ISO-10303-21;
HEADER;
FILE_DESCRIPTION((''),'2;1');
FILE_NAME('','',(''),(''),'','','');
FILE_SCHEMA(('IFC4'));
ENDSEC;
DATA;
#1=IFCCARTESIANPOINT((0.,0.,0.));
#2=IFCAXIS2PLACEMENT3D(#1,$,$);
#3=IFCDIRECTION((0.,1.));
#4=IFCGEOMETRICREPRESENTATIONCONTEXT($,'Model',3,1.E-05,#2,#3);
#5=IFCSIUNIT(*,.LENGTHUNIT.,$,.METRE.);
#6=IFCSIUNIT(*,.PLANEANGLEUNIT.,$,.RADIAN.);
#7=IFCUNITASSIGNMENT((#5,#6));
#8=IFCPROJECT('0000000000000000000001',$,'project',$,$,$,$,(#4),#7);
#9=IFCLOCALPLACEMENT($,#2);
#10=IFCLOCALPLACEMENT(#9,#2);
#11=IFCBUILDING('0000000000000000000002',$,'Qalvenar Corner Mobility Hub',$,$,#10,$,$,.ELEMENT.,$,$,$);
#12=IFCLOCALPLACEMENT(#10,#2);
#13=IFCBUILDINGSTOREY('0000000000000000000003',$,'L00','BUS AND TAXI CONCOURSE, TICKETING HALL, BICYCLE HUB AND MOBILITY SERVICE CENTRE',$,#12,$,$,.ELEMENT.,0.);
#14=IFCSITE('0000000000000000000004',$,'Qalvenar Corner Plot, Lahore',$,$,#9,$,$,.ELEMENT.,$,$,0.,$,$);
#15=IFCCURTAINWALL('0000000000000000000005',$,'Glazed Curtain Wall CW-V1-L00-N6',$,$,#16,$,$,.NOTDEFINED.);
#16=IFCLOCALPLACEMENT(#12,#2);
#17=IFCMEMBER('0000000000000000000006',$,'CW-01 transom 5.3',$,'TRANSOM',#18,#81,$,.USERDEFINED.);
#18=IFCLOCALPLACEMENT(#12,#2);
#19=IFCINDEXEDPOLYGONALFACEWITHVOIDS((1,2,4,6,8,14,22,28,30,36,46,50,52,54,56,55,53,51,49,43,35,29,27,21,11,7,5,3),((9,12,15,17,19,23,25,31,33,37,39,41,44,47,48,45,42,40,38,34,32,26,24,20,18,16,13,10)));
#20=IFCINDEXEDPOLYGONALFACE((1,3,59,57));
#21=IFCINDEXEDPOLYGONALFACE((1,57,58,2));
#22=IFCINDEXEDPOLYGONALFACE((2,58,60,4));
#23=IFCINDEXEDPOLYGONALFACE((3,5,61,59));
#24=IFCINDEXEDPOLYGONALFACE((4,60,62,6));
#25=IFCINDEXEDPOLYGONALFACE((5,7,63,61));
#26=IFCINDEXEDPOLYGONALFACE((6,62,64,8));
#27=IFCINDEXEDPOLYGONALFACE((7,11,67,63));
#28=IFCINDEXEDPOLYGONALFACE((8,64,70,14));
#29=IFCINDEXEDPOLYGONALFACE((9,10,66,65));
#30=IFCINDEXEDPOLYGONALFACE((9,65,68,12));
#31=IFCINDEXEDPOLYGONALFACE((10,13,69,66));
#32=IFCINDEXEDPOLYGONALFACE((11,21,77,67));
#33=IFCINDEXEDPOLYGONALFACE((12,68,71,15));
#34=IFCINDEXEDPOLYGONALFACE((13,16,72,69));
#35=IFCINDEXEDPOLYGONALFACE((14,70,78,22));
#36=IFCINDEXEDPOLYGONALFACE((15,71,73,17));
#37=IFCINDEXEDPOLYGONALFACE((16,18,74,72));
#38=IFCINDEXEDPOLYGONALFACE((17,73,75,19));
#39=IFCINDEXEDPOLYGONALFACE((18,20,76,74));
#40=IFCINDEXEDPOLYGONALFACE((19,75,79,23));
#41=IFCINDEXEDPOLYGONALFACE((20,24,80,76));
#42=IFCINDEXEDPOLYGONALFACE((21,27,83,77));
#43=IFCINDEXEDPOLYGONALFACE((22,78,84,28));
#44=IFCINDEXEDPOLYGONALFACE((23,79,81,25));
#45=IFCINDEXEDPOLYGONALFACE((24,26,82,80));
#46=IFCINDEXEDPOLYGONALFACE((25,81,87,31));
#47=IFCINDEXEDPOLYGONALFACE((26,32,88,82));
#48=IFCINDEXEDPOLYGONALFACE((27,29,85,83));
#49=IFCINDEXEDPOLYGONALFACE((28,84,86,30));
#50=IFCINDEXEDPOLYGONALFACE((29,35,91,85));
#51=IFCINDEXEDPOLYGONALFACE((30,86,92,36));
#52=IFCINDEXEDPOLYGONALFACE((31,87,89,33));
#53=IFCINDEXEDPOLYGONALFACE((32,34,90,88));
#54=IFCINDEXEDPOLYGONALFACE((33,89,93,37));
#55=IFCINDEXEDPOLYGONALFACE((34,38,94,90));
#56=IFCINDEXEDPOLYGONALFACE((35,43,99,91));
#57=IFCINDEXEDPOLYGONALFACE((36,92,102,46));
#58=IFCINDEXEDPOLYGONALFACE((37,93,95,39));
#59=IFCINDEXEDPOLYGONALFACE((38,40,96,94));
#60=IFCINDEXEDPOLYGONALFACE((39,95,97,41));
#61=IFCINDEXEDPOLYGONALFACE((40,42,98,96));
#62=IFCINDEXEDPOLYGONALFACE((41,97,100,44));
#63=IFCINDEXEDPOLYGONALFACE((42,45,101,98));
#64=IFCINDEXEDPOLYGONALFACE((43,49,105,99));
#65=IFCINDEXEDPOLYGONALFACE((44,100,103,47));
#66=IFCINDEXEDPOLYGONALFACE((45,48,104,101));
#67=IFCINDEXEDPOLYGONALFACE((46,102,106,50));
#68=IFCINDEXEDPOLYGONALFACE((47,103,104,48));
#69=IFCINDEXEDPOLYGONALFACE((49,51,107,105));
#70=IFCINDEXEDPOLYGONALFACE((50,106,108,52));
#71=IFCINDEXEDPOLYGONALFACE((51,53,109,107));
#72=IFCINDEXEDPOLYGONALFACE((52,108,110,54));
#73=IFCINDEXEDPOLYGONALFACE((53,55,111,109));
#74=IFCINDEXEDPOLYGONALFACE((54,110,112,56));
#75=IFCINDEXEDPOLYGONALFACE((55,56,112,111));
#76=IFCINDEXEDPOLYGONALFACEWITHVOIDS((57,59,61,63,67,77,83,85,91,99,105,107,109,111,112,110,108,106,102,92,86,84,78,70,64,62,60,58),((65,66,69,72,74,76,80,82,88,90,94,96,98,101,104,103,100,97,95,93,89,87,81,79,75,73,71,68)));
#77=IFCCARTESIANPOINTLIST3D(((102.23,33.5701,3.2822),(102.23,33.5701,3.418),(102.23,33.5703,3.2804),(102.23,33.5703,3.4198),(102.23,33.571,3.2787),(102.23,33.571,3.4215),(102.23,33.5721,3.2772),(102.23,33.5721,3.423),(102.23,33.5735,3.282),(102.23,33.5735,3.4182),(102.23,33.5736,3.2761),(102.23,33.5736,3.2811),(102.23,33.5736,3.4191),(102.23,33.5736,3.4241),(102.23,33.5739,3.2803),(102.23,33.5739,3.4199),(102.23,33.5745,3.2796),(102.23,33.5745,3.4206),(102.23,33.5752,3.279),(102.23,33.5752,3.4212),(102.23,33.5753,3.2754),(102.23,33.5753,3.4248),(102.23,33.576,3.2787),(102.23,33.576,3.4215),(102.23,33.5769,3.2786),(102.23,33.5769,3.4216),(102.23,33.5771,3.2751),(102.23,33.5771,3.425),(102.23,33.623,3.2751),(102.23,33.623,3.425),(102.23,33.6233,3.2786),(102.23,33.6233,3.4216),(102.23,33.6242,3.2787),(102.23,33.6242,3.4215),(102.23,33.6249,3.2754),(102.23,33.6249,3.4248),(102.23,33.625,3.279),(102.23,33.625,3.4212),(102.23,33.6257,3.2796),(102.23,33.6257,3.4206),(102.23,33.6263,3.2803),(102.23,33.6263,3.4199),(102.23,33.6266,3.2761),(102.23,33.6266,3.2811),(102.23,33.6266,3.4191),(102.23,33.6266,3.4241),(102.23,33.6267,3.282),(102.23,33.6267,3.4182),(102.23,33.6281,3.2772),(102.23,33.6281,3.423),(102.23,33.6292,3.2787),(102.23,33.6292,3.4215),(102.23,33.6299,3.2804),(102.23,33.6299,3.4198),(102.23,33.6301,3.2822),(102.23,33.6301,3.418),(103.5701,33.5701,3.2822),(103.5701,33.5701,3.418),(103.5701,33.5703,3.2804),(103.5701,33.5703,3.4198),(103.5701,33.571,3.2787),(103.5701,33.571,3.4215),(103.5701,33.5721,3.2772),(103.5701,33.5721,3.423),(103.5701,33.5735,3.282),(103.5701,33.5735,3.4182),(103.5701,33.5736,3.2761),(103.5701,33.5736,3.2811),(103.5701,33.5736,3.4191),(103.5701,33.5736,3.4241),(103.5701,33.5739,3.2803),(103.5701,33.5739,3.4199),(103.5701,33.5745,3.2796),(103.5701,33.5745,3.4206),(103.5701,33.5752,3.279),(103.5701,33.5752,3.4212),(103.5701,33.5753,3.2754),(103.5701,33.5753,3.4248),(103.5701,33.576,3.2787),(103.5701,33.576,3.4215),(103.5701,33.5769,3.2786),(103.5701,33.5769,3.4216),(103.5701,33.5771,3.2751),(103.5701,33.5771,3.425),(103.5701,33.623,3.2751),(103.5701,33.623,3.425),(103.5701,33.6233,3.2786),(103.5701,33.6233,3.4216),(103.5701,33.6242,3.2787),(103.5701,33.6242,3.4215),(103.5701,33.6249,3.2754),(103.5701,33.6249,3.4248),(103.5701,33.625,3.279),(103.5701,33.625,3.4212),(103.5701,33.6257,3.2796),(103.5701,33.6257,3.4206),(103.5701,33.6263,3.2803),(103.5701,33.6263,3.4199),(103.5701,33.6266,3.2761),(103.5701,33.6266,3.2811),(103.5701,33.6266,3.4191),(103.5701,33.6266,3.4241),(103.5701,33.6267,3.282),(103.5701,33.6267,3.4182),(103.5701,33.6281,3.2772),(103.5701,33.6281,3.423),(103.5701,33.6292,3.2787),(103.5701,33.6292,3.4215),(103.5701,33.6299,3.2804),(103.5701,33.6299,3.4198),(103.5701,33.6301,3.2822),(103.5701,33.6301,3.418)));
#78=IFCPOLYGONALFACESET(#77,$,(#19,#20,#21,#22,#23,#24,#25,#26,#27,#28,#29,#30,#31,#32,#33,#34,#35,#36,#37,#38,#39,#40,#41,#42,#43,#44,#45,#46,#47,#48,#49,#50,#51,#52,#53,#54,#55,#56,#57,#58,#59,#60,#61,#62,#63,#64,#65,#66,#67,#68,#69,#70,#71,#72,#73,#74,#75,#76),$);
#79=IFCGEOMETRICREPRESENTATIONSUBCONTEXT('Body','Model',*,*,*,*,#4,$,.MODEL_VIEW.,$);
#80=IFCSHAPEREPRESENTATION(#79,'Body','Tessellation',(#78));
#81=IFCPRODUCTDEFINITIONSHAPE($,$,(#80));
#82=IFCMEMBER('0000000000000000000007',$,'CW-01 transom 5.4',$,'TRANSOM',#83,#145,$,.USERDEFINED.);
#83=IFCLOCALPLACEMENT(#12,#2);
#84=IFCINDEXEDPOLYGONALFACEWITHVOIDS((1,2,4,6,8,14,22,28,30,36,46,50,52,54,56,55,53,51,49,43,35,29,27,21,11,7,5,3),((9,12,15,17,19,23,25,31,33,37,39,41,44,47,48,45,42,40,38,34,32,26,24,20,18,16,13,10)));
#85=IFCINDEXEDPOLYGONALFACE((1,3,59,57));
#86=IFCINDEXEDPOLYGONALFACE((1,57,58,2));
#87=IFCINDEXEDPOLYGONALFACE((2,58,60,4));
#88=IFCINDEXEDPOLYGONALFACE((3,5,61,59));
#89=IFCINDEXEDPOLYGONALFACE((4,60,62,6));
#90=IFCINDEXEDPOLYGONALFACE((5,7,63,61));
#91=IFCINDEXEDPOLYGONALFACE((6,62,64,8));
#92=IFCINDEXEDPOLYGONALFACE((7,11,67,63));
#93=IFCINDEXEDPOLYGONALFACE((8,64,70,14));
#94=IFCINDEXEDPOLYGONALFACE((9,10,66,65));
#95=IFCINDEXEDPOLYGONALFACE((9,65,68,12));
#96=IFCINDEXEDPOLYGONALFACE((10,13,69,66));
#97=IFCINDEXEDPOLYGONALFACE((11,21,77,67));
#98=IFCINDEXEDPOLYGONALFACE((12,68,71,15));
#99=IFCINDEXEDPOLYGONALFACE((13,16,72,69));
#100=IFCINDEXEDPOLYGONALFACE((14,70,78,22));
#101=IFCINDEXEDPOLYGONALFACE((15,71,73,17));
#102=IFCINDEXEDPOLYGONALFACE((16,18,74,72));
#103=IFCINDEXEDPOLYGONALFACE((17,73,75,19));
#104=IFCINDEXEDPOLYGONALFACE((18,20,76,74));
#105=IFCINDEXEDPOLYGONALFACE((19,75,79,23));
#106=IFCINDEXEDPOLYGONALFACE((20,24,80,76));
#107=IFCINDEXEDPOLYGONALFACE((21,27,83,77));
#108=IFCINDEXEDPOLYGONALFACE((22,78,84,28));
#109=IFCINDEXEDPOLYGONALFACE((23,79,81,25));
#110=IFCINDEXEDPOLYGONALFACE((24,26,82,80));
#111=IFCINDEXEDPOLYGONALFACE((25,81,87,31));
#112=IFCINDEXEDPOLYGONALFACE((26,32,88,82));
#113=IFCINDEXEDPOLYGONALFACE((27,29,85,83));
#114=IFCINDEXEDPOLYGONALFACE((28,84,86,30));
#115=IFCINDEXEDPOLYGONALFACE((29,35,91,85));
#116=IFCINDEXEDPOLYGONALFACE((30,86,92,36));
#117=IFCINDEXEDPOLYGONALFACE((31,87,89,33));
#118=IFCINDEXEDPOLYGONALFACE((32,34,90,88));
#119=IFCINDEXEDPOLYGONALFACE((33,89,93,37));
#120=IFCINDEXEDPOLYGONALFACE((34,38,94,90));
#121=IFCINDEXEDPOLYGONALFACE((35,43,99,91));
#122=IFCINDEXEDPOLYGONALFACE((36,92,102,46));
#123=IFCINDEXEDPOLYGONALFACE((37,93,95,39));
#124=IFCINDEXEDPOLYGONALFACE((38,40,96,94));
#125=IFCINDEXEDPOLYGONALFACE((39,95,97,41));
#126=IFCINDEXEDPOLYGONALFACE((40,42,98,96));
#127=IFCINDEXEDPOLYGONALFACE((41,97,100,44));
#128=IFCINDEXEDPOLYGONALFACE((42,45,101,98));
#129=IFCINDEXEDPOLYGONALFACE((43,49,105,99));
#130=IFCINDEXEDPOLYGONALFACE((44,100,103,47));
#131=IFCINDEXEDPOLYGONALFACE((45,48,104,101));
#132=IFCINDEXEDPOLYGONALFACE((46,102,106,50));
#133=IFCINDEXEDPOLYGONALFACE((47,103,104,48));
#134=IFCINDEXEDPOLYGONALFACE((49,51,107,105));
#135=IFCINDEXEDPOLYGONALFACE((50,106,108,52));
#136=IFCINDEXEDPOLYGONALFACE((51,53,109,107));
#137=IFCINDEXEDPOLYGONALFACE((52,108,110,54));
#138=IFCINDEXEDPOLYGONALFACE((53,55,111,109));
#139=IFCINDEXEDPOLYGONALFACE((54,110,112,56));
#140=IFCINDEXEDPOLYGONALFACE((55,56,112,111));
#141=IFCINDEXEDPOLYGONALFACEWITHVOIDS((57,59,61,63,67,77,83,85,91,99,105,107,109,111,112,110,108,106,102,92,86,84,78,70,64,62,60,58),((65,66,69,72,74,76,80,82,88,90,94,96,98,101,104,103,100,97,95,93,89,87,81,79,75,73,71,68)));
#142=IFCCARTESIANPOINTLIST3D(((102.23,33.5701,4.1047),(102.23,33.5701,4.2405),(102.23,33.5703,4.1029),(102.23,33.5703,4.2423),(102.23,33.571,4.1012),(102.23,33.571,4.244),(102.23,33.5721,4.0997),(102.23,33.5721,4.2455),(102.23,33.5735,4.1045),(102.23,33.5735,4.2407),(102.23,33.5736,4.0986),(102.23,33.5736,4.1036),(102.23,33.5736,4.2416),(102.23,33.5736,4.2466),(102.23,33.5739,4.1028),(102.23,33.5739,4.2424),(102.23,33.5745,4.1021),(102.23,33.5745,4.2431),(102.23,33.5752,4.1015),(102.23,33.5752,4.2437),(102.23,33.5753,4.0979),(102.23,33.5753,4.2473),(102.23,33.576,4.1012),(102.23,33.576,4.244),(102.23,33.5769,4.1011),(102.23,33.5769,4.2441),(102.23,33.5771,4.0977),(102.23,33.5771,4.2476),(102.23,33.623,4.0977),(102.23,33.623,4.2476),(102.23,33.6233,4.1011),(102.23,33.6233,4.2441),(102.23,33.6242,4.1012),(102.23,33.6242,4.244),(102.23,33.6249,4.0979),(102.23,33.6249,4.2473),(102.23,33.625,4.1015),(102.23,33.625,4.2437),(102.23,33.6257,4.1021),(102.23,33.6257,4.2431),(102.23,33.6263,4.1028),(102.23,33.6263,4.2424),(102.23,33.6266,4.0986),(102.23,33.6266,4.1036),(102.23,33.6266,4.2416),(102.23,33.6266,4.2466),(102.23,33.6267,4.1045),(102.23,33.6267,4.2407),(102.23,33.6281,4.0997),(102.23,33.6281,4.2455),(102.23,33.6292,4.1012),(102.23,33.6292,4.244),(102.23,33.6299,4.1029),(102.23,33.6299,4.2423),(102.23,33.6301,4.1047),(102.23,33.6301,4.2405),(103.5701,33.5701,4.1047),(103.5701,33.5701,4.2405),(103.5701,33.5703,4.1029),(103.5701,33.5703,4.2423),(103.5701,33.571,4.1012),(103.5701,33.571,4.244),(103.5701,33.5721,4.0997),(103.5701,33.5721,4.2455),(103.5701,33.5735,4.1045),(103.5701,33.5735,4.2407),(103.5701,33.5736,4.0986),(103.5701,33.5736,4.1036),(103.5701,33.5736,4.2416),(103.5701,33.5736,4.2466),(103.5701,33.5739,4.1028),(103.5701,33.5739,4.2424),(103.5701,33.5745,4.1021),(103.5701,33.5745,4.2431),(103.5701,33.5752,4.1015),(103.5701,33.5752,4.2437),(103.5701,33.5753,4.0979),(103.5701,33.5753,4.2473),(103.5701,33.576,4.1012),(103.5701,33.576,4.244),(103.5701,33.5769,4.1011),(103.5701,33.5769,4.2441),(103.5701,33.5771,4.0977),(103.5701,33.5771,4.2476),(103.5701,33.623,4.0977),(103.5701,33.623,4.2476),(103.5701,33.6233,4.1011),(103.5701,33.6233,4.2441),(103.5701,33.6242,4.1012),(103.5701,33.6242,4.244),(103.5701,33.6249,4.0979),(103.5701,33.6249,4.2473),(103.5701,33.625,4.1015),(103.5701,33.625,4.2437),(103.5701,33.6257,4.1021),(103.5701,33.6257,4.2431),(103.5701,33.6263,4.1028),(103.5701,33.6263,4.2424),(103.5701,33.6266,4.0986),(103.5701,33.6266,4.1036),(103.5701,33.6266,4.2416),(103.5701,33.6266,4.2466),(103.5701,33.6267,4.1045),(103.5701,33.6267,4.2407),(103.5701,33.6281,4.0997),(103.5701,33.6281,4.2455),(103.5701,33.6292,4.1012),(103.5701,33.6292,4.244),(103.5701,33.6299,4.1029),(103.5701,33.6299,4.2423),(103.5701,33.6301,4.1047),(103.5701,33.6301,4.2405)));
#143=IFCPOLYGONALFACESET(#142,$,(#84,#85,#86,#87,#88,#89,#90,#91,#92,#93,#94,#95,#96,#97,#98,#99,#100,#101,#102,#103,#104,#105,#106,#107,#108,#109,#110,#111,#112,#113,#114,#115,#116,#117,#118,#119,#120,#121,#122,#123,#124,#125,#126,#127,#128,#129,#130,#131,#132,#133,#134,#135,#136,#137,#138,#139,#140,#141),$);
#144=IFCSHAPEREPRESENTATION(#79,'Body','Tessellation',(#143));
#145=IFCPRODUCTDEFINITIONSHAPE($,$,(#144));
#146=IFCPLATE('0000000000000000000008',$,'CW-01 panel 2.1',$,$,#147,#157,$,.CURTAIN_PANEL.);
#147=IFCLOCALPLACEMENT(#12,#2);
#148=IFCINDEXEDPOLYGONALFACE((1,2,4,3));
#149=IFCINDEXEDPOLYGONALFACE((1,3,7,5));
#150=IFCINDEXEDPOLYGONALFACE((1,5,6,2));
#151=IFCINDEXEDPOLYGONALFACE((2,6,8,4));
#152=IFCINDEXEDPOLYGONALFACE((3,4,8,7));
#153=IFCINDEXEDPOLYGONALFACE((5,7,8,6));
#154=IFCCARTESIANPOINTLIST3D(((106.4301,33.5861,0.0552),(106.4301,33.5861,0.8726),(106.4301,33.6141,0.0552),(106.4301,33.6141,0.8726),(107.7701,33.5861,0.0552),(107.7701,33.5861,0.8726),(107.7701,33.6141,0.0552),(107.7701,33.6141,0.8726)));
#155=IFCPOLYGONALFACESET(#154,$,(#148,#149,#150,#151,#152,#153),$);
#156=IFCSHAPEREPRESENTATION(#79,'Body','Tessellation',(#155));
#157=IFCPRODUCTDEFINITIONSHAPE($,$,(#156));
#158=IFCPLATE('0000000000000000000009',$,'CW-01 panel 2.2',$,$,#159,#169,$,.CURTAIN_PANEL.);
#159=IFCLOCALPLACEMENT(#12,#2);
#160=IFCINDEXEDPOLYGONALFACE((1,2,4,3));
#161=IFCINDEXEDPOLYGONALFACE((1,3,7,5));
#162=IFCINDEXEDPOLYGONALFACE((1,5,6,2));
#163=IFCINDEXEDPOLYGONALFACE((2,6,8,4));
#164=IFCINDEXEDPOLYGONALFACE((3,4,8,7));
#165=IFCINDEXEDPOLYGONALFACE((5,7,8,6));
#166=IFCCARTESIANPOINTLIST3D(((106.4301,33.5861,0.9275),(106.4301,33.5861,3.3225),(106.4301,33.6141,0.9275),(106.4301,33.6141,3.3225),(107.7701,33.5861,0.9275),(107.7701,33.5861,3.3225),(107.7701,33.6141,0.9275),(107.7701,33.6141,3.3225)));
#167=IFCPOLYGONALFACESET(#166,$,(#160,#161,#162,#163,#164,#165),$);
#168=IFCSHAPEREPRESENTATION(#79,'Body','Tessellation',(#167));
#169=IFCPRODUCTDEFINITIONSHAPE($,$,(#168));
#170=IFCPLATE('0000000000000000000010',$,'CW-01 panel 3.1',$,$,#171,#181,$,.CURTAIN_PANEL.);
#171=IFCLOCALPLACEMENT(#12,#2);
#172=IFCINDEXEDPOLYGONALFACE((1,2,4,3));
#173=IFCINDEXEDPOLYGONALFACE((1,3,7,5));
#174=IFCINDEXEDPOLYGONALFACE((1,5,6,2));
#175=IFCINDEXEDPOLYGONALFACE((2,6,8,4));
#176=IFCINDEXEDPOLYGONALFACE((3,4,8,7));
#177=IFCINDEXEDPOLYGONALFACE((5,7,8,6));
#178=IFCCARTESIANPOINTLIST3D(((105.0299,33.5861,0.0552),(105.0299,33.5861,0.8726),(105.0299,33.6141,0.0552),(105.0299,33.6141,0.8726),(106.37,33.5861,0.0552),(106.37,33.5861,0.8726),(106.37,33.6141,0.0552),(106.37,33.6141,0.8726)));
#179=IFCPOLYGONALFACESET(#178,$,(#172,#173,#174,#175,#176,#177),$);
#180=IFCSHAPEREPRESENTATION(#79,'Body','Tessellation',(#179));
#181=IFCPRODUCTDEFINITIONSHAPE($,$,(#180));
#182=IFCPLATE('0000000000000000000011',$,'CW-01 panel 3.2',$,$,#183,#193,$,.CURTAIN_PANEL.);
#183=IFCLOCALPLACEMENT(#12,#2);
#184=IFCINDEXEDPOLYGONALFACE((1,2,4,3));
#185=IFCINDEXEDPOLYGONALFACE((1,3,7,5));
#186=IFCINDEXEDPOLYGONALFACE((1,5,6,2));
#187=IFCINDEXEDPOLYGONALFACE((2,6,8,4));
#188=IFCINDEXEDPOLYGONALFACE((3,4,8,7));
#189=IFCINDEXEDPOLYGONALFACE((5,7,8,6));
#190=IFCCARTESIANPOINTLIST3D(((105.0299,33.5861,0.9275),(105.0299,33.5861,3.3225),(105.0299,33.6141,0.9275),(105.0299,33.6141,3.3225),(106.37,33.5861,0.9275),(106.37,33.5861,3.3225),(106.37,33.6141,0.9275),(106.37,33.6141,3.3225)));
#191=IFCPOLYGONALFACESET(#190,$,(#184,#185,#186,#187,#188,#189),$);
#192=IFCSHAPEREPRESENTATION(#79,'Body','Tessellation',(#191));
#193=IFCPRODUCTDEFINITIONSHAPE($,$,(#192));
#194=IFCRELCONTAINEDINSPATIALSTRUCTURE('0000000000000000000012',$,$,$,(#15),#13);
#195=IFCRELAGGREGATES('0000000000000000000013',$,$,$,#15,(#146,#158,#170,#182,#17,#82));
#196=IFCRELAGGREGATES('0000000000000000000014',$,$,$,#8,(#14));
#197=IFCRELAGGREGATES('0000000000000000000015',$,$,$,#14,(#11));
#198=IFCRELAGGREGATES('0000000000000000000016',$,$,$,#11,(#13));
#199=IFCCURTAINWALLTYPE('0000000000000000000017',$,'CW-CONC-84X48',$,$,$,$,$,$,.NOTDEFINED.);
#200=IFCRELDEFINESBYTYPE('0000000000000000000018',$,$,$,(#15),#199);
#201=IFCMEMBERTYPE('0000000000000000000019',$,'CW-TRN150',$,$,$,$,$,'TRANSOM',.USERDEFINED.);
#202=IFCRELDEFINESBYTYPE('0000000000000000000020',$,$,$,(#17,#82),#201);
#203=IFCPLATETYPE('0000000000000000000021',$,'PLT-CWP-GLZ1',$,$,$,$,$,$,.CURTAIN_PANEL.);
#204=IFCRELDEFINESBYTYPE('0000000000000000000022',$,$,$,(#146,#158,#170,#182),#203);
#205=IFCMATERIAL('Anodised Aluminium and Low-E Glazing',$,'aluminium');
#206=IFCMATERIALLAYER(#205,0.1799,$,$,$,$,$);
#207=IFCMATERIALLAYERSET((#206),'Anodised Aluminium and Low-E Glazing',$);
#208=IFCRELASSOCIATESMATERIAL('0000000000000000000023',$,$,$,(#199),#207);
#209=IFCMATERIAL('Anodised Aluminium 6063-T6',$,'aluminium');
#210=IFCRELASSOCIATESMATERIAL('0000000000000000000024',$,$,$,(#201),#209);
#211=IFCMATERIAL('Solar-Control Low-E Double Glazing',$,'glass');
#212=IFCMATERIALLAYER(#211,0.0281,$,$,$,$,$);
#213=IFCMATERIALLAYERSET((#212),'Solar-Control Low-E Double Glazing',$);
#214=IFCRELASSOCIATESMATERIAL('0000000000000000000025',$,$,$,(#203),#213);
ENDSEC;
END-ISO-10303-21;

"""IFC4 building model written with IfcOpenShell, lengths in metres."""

from ifc_helpers import new_model, si_unit, direction, frame, origin, origin_2d, place, context, subcontext, project, spatial, rectangle, hollow_rectangle, extrude, material, layer, layer_set, material_profile, profile_set, type_object, element, aggregate, save


model = new_model("IFC4")

# Units and contexts
model_context = context("Model", 3, precision=1e-05, world=origin(), true_north=direction((0.0, 1.0)))
body_context = subcontext(model_context, "Body", "Model", "MODEL_VIEW")
ifc_project = project(units=[si_unit("LENGTHUNIT", "METRE"), si_unit("PLANEANGLEUNIT", "RADIAN")], contexts=[model_context])

# Site, building, storey
site_placement = place(None, origin())
site = spatial("IfcSite", under=ifc_project, at=site_placement, Name="Qalvenar Corner Plot, Lahore", CompositionType="ELEMENT", RefElevation=0.0)
building_placement = place(site_placement, origin())
building = spatial("IfcBuilding", under=site, at=building_placement, Name="Qalvenar Corner Mobility Hub", CompositionType="ELEMENT")
storey_placement = place(building_placement, origin())
storey = spatial("IfcBuildingStorey", under=building, at=storey_placement, Name="L00", Description="BUS AND TAXI CONCOURSE, TICKETING HALL, BICYCLE HUB AND MOBILITY SERVICE CENTRE", CompositionType="ELEMENT", Elevation=0.0)

# Curtain wall, members, plates
ifc_material_1 = material(Name="Anodised Aluminium and Low-E Glazing", Category="aluminium")
ifc_layer_1 = layer(ifc_material_1, 0.1799)
ifc_layer_set_1 = layer_set([ifc_layer_1], Name="Anodised Aluminium and Low-E Glazing")
curtain_wall_type = type_object("IfcCurtainWallType", Name="CW-CONC-84X48", PredefinedType="NOTDEFINED", material=ifc_layer_set_1)
curtain_wall_placement = place(storey_placement, origin())
curtain_wall = element("IfcCurtainWall", 1, at=curtain_wall_placement, inside=storey, type_object=curtain_wall_type, Name="Glazed Curtain Wall CW-V1-L00-N6", PredefinedType="NOTDEFINED")
ifc_material_2 = material(Name="Anodised Aluminium 6063-T6", Category="aluminium")
ifc_material_profile_1 = material_profile(ifc_material_2, hollow_rectangle(XDim=0.0601, YDim=0.1499, WallThickness=0.0034, InnerFilletRadius=0.0034, OuterFilletRadius=0.0071, at=origin_2d()), Name="RHS150x60x3.5")
ifc_profile_set_1 = profile_set([ifc_material_profile_1], Name="Anodised Aluminium 6063-T6")
member_type_1 = type_object("IfcMemberType", Name="CW-TRN150", ElementType="TRANSOM", PredefinedType="USERDEFINED", material=ifc_profile_set_1)
member_1_placement = place(storey_placement, frame((103.5701, 33.6001, 3.3501), z_axis=(-1.0, 0.0, 0.0), x_axis=(0.0, -1.0, 0.0)))
member_1 = element("IfcMember", 2, at=member_1_placement, type_object=member_type_1, Name="CW-01 transom 5.3", ObjectType="TRANSOM", PredefinedType="USERDEFINED", context=body_context, shape_type="SweptSolid", body=[
    extrude(hollow_rectangle(XDim=0.0601, YDim=0.1499, WallThickness=0.0034, InnerFilletRadius=0.0034, OuterFilletRadius=0.0071, at=origin_2d()), origin(), (0.0, 0.0, 1.0), 1.3401),
])
member_2_placement = place(storey_placement, frame((103.5701, 33.6001, 4.1726), z_axis=(-1.0, 0.0, 0.0), x_axis=(0.0, -1.0, 0.0)))
member_2 = element("IfcMember", 3, at=member_2_placement, type_object=member_type_1, Name="CW-01 transom 5.4", ObjectType="TRANSOM", PredefinedType="USERDEFINED", context=body_context, shape_type="SweptSolid", body=[
    extrude(hollow_rectangle(XDim=0.0601, YDim=0.1499, WallThickness=0.0034, InnerFilletRadius=0.0034, OuterFilletRadius=0.0071, at=origin_2d()), origin(), (0.0, 0.0, 1.0), 1.3401),
])
ifc_material_3 = material(Name="Solar-Control Low-E Double Glazing", Category="glass")
ifc_layer_2 = layer(ifc_material_3, 0.0281)
ifc_layer_set_2 = layer_set([ifc_layer_2], Name="Solar-Control Low-E Double Glazing")
plate_type = type_object("IfcPlateType", Name="PLT-CWP-GLZ1", PredefinedType="CURTAIN_PANEL", material=ifc_layer_set_2)
plate_1_placement = place(storey_placement, frame((107.1001, 33.6001, 0.0552), z_axis=(0.0, 0.0, 1.0), x_axis=(-1.0, 0.0, 0.0)))
plate_1 = element("IfcPlate", 4, at=plate_1_placement, type_object=plate_type, Name="CW-01 panel 2.1", PredefinedType="CURTAIN_PANEL", context=body_context, shape_type="SweptSolid", body=[
    extrude(rectangle(XDim=1.3401, YDim=0.0281, at=origin_2d()), origin(), (0.0, 0.0, 1.0), 0.8174),
])
plate_2_placement = place(storey_placement, frame((107.1001, 33.6001, 0.9275), z_axis=(0.0, 0.0, 1.0), x_axis=(-1.0, 0.0, 0.0)))
plate_2 = element("IfcPlate", 5, at=plate_2_placement, type_object=plate_type, Name="CW-01 panel 2.2", PredefinedType="CURTAIN_PANEL", context=body_context, shape_type="SweptSolid", body=[
    extrude(rectangle(XDim=1.3401, YDim=0.0281, at=origin_2d()), origin(), (0.0, 0.0, 1.0), 2.395),
])
plate_3_placement = place(storey_placement, frame((105.7, 33.6001, 0.0552), z_axis=(0.0, 0.0, 1.0), x_axis=(-1.0, 0.0, 0.0)))
plate_3 = element("IfcPlate", 6, at=plate_3_placement, type_object=plate_type, Name="CW-01 panel 3.1", PredefinedType="CURTAIN_PANEL", context=body_context, shape_type="SweptSolid", body=[
    extrude(rectangle(XDim=1.3401, YDim=0.0281, at=origin_2d()), origin(), (0.0, 0.0, 1.0), 0.8174),
])
plate_4_placement = place(storey_placement, frame((105.7, 33.6001, 0.9275), z_axis=(0.0, 0.0, 1.0), x_axis=(-1.0, 0.0, 0.0)))
plate_4 = element("IfcPlate", 7, at=plate_4_placement, type_object=plate_type, Name="CW-01 panel 3.2", PredefinedType="CURTAIN_PANEL", context=body_context, shape_type="SweptSolid", body=[
    extrude(rectangle(XDim=1.3401, YDim=0.0281, at=origin_2d()), origin(), (0.0, 0.0, 1.0), 2.395),
])
aggregate(curtain_wall, [plate_1, plate_2, plate_3, plate_4, member_1, member_2])

save(model, "model.ifc")
